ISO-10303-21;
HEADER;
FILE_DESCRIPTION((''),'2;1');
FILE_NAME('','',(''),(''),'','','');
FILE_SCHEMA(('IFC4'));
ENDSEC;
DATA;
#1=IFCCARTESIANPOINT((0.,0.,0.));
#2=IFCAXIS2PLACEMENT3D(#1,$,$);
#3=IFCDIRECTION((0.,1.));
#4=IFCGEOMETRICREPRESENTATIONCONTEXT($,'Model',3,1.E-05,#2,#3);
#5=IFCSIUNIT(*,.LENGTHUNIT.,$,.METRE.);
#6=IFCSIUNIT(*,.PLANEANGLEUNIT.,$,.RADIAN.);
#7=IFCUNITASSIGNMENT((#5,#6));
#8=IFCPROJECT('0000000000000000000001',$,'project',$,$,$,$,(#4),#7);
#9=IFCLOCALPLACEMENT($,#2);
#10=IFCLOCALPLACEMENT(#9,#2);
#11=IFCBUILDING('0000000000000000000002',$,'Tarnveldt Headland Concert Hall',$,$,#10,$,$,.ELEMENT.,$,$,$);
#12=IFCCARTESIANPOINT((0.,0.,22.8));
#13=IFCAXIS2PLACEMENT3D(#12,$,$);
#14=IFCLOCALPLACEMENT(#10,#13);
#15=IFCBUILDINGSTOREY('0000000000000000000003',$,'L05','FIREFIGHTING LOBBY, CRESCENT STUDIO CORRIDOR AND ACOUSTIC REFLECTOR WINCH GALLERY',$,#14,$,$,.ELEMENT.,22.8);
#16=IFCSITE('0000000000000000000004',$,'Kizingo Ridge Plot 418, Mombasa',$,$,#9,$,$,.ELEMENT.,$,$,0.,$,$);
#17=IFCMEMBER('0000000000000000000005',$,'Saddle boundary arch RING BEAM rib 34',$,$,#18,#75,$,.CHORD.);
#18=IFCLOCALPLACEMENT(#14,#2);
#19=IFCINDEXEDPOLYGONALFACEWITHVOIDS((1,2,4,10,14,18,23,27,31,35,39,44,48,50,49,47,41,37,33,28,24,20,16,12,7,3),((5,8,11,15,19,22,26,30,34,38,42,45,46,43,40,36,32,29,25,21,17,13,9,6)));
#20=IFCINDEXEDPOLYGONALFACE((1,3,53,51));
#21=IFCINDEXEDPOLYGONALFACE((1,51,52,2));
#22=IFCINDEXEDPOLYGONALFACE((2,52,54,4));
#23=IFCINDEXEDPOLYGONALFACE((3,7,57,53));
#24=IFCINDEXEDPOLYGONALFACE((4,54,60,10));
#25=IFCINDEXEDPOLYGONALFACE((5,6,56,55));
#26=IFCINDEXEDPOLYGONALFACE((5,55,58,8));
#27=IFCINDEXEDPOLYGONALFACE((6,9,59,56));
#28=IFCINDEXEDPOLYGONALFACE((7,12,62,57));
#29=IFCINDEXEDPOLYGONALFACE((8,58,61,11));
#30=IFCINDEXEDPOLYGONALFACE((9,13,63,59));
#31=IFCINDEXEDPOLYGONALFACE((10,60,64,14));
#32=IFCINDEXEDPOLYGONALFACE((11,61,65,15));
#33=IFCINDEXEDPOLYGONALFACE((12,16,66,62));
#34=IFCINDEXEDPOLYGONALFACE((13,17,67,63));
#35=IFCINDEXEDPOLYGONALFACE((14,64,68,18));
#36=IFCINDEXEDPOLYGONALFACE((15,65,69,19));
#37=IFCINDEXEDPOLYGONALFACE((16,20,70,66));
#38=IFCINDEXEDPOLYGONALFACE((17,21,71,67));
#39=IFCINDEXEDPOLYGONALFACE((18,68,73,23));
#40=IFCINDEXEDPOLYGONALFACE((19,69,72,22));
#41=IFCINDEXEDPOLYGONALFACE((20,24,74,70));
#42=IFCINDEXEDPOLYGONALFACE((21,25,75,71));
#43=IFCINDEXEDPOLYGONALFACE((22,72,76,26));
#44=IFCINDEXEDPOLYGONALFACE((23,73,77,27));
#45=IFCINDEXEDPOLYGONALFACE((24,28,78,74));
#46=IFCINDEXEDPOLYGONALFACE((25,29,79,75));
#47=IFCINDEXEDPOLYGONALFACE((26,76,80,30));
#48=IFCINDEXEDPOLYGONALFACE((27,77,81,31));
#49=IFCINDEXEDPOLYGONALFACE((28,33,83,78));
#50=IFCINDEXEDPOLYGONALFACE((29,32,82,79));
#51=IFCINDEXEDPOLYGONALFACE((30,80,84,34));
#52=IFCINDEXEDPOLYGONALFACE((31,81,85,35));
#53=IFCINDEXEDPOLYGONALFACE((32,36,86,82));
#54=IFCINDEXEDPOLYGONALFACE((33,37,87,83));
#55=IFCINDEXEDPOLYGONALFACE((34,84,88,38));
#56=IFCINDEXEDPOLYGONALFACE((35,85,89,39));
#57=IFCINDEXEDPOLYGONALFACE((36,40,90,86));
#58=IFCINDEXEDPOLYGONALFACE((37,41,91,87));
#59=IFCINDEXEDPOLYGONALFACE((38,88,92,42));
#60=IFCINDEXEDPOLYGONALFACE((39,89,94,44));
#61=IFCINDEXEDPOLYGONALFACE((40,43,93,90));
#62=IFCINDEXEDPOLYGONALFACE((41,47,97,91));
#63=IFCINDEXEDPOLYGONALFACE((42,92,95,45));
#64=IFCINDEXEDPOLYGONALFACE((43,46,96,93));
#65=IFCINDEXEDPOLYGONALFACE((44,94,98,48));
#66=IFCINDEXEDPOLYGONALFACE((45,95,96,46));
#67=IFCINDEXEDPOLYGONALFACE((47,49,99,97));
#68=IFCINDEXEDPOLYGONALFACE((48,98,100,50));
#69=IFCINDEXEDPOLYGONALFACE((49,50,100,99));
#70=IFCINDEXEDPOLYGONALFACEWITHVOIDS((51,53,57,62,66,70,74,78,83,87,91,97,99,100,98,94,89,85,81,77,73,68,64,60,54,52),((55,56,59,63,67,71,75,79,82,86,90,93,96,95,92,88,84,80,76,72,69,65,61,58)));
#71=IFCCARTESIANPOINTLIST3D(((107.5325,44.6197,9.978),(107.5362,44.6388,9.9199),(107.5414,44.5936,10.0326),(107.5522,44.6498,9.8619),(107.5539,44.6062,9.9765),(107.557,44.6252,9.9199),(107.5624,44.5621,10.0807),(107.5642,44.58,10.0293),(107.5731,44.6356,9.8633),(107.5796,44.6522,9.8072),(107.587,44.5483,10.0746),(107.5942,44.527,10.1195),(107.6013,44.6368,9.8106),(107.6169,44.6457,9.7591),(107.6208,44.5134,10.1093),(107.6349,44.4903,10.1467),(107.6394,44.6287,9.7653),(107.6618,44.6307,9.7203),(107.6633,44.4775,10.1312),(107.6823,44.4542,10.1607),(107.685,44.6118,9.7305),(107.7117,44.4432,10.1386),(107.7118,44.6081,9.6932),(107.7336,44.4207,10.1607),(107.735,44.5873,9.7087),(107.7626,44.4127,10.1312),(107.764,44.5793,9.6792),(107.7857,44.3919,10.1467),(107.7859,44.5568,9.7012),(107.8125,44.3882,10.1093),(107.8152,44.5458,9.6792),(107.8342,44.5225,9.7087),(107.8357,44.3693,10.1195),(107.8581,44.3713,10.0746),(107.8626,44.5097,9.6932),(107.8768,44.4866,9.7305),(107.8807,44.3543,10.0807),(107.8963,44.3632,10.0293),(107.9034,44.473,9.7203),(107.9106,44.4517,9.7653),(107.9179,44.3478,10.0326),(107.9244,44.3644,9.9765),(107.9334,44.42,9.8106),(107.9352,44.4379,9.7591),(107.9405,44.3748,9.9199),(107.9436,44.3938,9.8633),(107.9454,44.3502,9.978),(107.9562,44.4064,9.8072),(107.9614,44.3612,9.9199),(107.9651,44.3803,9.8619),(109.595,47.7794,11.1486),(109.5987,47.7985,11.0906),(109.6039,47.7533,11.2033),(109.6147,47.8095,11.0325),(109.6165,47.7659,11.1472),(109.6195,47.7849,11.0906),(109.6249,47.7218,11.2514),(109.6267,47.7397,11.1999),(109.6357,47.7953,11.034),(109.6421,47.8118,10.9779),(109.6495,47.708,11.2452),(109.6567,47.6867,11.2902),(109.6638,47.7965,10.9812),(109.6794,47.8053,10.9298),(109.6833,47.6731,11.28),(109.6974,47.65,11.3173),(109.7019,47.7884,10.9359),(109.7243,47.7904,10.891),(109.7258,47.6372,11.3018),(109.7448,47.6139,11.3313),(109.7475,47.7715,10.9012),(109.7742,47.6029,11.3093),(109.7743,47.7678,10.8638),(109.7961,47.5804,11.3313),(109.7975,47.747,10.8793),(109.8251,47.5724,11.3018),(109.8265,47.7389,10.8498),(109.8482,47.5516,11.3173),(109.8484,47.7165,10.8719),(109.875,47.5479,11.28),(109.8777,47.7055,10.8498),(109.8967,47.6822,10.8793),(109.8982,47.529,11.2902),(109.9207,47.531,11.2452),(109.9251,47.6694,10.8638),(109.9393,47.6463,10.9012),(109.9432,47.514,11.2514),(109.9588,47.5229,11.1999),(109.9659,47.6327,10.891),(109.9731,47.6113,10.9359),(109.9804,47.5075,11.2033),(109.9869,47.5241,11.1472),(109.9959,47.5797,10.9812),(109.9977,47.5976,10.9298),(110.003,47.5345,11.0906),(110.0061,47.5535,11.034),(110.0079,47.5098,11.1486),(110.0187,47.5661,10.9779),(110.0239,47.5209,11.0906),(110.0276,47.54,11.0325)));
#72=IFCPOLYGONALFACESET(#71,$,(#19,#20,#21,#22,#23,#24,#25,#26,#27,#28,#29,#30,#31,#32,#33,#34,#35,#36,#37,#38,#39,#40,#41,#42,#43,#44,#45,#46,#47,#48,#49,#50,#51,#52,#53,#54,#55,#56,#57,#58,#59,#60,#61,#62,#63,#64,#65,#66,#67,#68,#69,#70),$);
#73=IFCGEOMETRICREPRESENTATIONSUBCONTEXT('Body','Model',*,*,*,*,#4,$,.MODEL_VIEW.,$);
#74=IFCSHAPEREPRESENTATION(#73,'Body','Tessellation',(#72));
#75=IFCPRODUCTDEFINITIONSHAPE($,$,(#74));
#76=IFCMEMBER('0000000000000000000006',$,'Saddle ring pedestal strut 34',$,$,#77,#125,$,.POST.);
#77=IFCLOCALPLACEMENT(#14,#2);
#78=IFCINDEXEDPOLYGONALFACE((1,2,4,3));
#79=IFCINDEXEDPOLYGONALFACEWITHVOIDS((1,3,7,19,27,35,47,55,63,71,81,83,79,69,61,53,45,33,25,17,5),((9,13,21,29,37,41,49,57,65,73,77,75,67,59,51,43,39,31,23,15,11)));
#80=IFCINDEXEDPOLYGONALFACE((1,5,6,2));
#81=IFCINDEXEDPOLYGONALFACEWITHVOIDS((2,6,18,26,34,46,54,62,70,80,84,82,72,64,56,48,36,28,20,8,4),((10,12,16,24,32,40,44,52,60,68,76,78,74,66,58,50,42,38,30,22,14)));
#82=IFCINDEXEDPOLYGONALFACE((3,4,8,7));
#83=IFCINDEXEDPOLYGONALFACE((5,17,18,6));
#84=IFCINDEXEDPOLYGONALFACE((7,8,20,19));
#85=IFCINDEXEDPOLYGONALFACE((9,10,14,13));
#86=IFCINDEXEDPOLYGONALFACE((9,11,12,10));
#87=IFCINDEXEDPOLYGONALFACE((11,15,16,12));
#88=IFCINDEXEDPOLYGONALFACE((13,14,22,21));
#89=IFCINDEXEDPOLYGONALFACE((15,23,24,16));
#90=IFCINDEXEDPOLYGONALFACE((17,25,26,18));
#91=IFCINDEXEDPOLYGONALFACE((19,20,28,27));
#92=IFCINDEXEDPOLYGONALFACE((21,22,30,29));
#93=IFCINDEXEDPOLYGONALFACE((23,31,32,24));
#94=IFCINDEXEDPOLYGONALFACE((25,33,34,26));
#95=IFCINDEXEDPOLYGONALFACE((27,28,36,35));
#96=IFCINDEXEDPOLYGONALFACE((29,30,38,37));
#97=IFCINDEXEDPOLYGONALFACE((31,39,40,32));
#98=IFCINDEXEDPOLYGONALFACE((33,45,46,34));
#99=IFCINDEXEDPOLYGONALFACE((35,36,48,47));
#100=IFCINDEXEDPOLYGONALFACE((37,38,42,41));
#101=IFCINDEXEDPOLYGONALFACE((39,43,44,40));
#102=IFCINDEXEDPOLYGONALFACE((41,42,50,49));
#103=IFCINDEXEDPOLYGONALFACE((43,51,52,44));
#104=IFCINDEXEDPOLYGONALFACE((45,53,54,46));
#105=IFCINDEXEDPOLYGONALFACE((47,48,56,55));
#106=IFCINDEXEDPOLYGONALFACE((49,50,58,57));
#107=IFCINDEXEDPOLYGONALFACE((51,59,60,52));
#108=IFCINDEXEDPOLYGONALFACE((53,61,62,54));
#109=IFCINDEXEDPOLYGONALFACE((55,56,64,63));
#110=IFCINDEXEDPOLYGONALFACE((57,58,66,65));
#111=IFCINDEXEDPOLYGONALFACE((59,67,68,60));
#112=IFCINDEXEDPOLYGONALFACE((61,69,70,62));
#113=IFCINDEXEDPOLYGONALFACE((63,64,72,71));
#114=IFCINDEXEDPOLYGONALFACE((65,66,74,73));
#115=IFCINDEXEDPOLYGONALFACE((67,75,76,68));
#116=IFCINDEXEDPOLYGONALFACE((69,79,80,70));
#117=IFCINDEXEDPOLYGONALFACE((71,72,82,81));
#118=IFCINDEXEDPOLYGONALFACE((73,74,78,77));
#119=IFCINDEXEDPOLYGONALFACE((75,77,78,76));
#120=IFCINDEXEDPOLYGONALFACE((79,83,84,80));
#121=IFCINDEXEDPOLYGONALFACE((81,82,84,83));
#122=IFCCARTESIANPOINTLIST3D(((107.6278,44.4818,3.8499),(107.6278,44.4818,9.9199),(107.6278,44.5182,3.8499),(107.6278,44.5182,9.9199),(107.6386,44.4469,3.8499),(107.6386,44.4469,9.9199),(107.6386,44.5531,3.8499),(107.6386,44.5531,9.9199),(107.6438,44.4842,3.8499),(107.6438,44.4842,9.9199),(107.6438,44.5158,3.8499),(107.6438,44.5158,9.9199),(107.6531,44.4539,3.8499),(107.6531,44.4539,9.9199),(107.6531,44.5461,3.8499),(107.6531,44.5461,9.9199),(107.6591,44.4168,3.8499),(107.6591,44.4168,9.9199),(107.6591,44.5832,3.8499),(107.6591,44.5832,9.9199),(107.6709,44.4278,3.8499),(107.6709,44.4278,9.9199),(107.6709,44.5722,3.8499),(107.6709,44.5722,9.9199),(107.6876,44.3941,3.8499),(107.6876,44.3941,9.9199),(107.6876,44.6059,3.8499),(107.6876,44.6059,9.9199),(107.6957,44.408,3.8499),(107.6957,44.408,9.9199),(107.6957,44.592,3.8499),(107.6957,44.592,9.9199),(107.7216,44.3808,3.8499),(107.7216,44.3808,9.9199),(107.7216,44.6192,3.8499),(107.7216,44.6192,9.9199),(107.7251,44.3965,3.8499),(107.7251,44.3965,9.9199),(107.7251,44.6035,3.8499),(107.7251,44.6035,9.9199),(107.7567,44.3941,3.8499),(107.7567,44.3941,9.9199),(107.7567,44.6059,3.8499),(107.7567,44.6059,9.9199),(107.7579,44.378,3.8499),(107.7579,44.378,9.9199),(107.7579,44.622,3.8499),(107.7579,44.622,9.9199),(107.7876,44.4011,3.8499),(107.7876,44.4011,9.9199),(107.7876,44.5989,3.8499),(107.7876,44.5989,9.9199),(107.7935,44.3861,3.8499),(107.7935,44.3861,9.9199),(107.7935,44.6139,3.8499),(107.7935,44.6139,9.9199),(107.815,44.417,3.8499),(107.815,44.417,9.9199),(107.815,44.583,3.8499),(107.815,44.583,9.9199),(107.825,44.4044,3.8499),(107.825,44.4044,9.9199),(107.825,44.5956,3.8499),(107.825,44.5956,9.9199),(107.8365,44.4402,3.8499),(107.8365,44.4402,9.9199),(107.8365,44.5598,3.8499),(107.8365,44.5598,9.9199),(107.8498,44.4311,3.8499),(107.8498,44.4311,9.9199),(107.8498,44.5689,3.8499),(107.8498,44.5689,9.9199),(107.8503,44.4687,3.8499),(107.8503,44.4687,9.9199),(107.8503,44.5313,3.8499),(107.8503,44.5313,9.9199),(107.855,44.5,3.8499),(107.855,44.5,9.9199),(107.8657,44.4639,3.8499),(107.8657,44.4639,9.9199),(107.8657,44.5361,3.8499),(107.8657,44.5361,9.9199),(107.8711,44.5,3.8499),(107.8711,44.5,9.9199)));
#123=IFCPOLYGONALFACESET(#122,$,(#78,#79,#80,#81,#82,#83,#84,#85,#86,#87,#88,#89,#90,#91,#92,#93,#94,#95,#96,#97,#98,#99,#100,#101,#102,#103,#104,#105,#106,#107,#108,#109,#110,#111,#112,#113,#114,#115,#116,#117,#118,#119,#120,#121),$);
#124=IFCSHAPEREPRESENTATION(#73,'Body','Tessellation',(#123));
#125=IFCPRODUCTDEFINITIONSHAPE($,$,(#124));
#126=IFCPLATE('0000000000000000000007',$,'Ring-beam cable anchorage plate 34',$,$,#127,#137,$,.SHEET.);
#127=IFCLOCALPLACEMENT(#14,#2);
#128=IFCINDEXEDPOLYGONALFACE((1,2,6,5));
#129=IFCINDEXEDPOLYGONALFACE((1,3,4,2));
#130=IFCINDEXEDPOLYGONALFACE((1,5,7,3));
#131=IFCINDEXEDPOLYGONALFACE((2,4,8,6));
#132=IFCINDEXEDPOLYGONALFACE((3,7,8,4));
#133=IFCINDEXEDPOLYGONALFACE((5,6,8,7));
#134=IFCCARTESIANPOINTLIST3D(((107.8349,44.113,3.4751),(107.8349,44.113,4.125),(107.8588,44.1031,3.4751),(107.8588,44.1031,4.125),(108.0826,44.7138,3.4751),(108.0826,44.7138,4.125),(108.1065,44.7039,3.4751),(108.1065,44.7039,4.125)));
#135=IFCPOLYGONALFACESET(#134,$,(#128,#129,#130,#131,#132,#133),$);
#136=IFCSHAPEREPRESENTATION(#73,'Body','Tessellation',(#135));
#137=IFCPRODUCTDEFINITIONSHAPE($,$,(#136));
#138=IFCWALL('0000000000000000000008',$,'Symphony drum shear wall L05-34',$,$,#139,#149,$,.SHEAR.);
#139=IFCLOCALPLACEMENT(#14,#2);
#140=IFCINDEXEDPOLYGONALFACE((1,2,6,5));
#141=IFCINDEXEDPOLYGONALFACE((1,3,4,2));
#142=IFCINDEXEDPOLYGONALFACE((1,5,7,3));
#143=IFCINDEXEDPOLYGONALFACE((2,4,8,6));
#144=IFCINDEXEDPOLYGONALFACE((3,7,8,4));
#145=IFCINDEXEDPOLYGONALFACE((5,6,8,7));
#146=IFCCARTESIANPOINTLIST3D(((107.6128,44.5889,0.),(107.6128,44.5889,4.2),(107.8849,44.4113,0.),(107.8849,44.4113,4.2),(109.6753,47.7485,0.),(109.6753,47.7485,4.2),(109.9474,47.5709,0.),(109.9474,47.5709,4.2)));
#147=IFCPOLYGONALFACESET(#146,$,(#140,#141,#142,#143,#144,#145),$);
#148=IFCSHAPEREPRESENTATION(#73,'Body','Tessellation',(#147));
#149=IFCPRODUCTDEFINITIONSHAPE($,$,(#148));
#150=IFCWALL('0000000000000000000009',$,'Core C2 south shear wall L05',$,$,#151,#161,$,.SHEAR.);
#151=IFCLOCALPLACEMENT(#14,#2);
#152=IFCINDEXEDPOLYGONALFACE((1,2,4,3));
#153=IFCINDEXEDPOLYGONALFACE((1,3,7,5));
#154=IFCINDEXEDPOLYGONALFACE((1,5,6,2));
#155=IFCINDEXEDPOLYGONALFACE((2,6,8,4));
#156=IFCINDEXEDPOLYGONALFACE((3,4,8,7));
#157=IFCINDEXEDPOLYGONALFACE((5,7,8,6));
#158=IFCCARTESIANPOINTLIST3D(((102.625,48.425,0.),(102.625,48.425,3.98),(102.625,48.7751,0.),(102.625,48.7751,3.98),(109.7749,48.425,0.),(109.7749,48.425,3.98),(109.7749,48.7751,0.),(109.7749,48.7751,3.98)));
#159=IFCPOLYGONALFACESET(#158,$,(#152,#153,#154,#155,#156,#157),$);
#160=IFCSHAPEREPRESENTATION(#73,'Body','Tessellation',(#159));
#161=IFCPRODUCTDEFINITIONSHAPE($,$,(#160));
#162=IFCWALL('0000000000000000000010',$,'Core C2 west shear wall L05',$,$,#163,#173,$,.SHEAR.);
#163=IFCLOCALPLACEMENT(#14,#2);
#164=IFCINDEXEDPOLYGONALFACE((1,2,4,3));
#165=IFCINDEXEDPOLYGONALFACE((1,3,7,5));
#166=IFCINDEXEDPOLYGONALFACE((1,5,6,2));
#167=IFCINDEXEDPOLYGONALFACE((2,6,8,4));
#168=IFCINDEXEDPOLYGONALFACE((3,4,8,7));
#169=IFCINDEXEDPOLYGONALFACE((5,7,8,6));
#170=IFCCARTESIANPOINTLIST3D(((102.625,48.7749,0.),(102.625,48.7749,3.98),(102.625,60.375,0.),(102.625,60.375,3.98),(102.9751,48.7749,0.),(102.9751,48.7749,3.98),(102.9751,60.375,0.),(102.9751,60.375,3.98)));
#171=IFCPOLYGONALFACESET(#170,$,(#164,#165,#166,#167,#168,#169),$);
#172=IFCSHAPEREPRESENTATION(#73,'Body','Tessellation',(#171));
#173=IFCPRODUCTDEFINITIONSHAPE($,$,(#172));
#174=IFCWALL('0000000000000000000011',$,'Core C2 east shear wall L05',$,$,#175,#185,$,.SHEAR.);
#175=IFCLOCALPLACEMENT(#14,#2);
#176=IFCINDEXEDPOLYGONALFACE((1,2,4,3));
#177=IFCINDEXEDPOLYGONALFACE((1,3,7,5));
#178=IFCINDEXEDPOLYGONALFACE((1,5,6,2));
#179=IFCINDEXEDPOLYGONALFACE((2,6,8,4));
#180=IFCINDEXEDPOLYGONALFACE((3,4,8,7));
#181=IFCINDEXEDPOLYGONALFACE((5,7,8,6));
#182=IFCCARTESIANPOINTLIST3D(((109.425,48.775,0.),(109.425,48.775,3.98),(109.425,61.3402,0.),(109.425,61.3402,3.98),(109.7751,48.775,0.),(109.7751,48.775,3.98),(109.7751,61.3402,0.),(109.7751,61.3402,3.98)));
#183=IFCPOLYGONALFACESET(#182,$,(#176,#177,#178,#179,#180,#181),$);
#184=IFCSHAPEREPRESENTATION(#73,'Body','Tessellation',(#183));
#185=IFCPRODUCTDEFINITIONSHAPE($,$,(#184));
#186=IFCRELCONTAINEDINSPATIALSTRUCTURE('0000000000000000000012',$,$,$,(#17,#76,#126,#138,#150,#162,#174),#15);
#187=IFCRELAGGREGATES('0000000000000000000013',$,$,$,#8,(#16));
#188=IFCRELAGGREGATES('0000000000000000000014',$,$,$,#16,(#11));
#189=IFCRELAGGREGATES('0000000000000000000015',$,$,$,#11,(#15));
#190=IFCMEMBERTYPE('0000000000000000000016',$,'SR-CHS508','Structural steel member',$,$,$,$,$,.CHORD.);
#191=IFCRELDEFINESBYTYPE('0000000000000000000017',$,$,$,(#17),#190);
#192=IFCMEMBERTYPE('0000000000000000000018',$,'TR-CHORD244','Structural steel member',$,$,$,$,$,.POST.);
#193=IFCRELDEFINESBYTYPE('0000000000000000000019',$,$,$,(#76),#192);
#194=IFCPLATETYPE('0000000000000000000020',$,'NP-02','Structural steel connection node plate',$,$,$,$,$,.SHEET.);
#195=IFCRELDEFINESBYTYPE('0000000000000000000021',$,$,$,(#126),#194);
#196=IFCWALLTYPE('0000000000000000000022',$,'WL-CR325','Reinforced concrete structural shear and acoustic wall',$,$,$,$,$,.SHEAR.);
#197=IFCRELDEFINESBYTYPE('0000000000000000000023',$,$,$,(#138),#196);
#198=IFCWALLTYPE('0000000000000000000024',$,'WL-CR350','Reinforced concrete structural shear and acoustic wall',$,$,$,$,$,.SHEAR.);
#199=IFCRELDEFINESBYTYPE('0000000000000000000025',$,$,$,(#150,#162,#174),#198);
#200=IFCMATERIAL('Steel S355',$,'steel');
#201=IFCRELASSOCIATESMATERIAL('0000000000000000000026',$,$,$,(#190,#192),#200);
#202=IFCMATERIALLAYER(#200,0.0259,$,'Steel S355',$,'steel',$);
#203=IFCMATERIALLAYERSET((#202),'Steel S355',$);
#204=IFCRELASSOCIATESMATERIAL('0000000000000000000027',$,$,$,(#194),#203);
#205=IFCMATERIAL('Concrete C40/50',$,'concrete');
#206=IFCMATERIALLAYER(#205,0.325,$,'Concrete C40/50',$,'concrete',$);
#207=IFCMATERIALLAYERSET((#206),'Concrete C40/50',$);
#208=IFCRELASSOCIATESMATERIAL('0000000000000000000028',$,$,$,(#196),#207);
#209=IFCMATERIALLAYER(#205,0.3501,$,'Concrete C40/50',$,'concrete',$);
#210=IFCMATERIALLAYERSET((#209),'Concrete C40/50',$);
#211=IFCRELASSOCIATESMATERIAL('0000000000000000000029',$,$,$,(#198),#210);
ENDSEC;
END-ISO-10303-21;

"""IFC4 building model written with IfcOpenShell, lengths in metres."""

from ifc_helpers import new_model, si_unit, direction, frame, frame_2d, origin, origin_2d, place, context, subcontext, project, spatial, rectangle, hollow_circle, extrude, material, layer, layer_set, material_profile, profile_set, type_object, element, save


model = new_model("IFC4")

# Units and contexts
model_context = context("Model", 3, precision=1e-05, world=origin(), true_north=direction((0.0, 1.0)))
body_context = subcontext(model_context, "Body", "Model", "MODEL_VIEW")
ifc_project = project(units=[si_unit("LENGTHUNIT", "METRE"), si_unit("PLANEANGLEUNIT", "RADIAN")], contexts=[model_context])

# Site, building, storey
site_placement = place(None, origin())
site = spatial("IfcSite", under=ifc_project, at=site_placement, Name="Kizingo Ridge Plot 418, Mombasa", CompositionType="ELEMENT", RefElevation=0.0)
building_placement = place(site_placement, origin())
building = spatial("IfcBuilding", under=site, at=building_placement, Name="Tarnveldt Headland Concert Hall", CompositionType="ELEMENT")
storey_placement = place(building_placement, frame((0.0, 0.0, 22.8)))
storey = spatial("IfcBuildingStorey", under=building, at=storey_placement, Name="L05", Description="FIREFIGHTING LOBBY, CRESCENT STUDIO CORRIDOR AND ACOUSTIC REFLECTOR WINCH GALLERY", CompositionType="ELEMENT", Elevation=22.8)

# Shared definitions
ifc_material_1 = material(Name="Concrete C40/50", Category="concrete")

# Shared definitions
ifc_material_2 = material(Name="Steel S355", Category="steel")

# Members
ifc_material_profile_1 = material_profile(ifc_material_2, hollow_circle(Radius=0.2539, WallThickness=0.0249, at=origin_2d()), Name="CHS 508x25", Category="steel")
ifc_profile_set_1 = profile_set([ifc_material_profile_1], Name="Steel S355")
member_type_1 = type_object("IfcMemberType", Name="SR-CHS508", Description="Structural steel member", PredefinedType="CHORD", material=ifc_profile_set_1)
member_1_placement = place(storey_placement, frame((107.7488, 44.5, 9.9199), z_axis=(0.522063, 0.799779, 0.296317), x_axis=(-0.837387, 0.546611, 0.0)))
element("IfcMember", 1, at=member_1_placement, inside=storey, type_object=member_type_1, Name="Saddle boundary arch RING BEAM rib 34", PredefinedType="CHORD", context=body_context, shape_type="SweptSolid", body=[
    extrude(hollow_circle(Radius=0.2539, WallThickness=0.0249, at=origin_2d()), origin(), (0.0, 0.0, 1.0), 3.9507),
])
ifc_material_profile_2 = material_profile(ifc_material_2, hollow_circle(Radius=0.1223, WallThickness=0.0161, at=origin_2d()), Name="CHS 244.5x16", Category="steel")
ifc_profile_set_2 = profile_set([ifc_material_profile_2], Name="Steel S355")
member_type_2 = type_object("IfcMemberType", Name="TR-CHORD244", Description="Structural steel member", PredefinedType="POST", material=ifc_profile_set_2)
member_2_placement = place(storey_placement, frame((107.7488, 44.5, 3.8499), z_axis=(0.0, 0.0, 1.0), x_axis=(1.0, 0.0, 0.0)))
element("IfcMember", 2, at=member_2_placement, inside=storey, type_object=member_type_2, Name="Saddle ring pedestal strut 34", PredefinedType="POST", context=body_context, shape_type="SweptSolid", body=[
    extrude(hollow_circle(Radius=0.1223, WallThickness=0.0161, at=origin_2d()), origin(), (0.0, 0.0, 1.0), 6.0701),
])

# Plate
ifc_layer_1 = layer(ifc_material_2, 0.0259, Name="Steel S355", Category="steel")
ifc_layer_set_1 = layer_set([ifc_layer_1], Name="Steel S355")
plate_type = type_object("IfcPlateType", Name="NP-02", Description="Structural steel connection node plate", PredefinedType="SHEET", material=ifc_layer_set_1)
plate_placement = place(storey_placement, frame((107.9707, 44.4084, 3.4751), z_axis=(0.0, 0.0, 1.0), x_axis=(0.381232, 0.92448, 0.0)))
element("IfcPlate", 3, at=plate_placement, inside=storey, type_object=plate_type, Name="Ring-beam cable anchorage plate 34", PredefinedType="SHEET", context=body_context, shape_type="SweptSolid", body=[
    extrude(rectangle(XDim=0.6499, YDim=0.0259, at=origin_2d()), origin(), (0.0, 0.0, 1.0), 0.6499),
])

# Walls
ifc_layer_2 = layer(ifc_material_1, 0.325, Name="Concrete C40/50", Category="concrete")
ifc_layer_set_2 = layer_set([ifc_layer_2], Name="Concrete C40/50")
wall_type_1 = type_object("IfcWallType", Name="WL-CR325", Description="Reinforced concrete structural shear and acoustic wall", PredefinedType="SHEAR", material=ifc_layer_set_2)
wall_1_placement = place(storey_placement, frame((107.7488, 44.5, 0.0), z_axis=(0.0, 0.0, 1.0), x_axis=(0.546611, 0.837387, 0.0)))
element("IfcWall", 4, at=wall_1_placement, inside=storey, type_object=wall_type_1, Name="Symphony drum shear wall L05-34", PredefinedType="SHEAR", context=body_context, shape_type="SweptSolid", body=[
    extrude(rectangle(XDim=3.7732, YDim=0.325, at=frame_2d((1.8867, 0.0))), origin(), (0.0, 0.0, 1.0), 4.2),
])
ifc_layer_3 = layer(ifc_material_1, 0.3501, Name="Concrete C40/50", Category="concrete")
ifc_layer_set_3 = layer_set([ifc_layer_3], Name="Concrete C40/50")
wall_type_2 = type_object("IfcWallType", Name="WL-CR350", Description="Reinforced concrete structural shear and acoustic wall", PredefinedType="SHEAR", material=ifc_layer_set_3)
wall_2_placement = place(storey_placement, frame((102.625, 48.6001, 0.0), z_axis=(0.0, 0.0, 1.0), x_axis=(1.0, 0.0, 0.0)))
element("IfcWall", 5, at=wall_2_placement, inside=storey, type_object=wall_type_2, Name="Core C2 south shear wall L05", PredefinedType="SHEAR", context=body_context, shape_type="SweptSolid", body=[
    extrude(rectangle(XDim=7.1499, YDim=0.3501, at=frame_2d((3.575, 0.0))), origin(), (0.0, 0.0, 1.0), 3.98),
])
wall_3_placement = place(storey_placement, frame((102.8, 48.7749, 0.0), z_axis=(0.0, 0.0, 1.0), x_axis=(0.0, 1.0, 0.0)))
element("IfcWall", 6, at=wall_3_placement, inside=storey, type_object=wall_type_2, Name="Core C2 west shear wall L05", PredefinedType="SHEAR", context=body_context, shape_type="SweptSolid", body=[
    extrude(rectangle(XDim=11.6001, YDim=0.3501, at=frame_2d((5.8, 0.0))), origin(), (0.0, 0.0, 1.0), 3.98),
])
wall_4_placement = place(storey_placement, frame((109.6001, 48.7749, 0.0), z_axis=(0.0, 0.0, 1.0), x_axis=(0.0, 1.0, 0.0)))
element("IfcWall", 7, at=wall_4_placement, inside=storey, type_object=wall_type_2, Name="Core C2 east shear wall L05", PredefinedType="SHEAR", context=body_context, shape_type="SweptSolid", body=[
    extrude(rectangle(XDim=12.5652, YDim=0.3501, at=frame_2d((6.2827, 0.0))), origin(), (0.0, 0.0, 1.0), 3.98),
])

save(model, "model.ifc")
